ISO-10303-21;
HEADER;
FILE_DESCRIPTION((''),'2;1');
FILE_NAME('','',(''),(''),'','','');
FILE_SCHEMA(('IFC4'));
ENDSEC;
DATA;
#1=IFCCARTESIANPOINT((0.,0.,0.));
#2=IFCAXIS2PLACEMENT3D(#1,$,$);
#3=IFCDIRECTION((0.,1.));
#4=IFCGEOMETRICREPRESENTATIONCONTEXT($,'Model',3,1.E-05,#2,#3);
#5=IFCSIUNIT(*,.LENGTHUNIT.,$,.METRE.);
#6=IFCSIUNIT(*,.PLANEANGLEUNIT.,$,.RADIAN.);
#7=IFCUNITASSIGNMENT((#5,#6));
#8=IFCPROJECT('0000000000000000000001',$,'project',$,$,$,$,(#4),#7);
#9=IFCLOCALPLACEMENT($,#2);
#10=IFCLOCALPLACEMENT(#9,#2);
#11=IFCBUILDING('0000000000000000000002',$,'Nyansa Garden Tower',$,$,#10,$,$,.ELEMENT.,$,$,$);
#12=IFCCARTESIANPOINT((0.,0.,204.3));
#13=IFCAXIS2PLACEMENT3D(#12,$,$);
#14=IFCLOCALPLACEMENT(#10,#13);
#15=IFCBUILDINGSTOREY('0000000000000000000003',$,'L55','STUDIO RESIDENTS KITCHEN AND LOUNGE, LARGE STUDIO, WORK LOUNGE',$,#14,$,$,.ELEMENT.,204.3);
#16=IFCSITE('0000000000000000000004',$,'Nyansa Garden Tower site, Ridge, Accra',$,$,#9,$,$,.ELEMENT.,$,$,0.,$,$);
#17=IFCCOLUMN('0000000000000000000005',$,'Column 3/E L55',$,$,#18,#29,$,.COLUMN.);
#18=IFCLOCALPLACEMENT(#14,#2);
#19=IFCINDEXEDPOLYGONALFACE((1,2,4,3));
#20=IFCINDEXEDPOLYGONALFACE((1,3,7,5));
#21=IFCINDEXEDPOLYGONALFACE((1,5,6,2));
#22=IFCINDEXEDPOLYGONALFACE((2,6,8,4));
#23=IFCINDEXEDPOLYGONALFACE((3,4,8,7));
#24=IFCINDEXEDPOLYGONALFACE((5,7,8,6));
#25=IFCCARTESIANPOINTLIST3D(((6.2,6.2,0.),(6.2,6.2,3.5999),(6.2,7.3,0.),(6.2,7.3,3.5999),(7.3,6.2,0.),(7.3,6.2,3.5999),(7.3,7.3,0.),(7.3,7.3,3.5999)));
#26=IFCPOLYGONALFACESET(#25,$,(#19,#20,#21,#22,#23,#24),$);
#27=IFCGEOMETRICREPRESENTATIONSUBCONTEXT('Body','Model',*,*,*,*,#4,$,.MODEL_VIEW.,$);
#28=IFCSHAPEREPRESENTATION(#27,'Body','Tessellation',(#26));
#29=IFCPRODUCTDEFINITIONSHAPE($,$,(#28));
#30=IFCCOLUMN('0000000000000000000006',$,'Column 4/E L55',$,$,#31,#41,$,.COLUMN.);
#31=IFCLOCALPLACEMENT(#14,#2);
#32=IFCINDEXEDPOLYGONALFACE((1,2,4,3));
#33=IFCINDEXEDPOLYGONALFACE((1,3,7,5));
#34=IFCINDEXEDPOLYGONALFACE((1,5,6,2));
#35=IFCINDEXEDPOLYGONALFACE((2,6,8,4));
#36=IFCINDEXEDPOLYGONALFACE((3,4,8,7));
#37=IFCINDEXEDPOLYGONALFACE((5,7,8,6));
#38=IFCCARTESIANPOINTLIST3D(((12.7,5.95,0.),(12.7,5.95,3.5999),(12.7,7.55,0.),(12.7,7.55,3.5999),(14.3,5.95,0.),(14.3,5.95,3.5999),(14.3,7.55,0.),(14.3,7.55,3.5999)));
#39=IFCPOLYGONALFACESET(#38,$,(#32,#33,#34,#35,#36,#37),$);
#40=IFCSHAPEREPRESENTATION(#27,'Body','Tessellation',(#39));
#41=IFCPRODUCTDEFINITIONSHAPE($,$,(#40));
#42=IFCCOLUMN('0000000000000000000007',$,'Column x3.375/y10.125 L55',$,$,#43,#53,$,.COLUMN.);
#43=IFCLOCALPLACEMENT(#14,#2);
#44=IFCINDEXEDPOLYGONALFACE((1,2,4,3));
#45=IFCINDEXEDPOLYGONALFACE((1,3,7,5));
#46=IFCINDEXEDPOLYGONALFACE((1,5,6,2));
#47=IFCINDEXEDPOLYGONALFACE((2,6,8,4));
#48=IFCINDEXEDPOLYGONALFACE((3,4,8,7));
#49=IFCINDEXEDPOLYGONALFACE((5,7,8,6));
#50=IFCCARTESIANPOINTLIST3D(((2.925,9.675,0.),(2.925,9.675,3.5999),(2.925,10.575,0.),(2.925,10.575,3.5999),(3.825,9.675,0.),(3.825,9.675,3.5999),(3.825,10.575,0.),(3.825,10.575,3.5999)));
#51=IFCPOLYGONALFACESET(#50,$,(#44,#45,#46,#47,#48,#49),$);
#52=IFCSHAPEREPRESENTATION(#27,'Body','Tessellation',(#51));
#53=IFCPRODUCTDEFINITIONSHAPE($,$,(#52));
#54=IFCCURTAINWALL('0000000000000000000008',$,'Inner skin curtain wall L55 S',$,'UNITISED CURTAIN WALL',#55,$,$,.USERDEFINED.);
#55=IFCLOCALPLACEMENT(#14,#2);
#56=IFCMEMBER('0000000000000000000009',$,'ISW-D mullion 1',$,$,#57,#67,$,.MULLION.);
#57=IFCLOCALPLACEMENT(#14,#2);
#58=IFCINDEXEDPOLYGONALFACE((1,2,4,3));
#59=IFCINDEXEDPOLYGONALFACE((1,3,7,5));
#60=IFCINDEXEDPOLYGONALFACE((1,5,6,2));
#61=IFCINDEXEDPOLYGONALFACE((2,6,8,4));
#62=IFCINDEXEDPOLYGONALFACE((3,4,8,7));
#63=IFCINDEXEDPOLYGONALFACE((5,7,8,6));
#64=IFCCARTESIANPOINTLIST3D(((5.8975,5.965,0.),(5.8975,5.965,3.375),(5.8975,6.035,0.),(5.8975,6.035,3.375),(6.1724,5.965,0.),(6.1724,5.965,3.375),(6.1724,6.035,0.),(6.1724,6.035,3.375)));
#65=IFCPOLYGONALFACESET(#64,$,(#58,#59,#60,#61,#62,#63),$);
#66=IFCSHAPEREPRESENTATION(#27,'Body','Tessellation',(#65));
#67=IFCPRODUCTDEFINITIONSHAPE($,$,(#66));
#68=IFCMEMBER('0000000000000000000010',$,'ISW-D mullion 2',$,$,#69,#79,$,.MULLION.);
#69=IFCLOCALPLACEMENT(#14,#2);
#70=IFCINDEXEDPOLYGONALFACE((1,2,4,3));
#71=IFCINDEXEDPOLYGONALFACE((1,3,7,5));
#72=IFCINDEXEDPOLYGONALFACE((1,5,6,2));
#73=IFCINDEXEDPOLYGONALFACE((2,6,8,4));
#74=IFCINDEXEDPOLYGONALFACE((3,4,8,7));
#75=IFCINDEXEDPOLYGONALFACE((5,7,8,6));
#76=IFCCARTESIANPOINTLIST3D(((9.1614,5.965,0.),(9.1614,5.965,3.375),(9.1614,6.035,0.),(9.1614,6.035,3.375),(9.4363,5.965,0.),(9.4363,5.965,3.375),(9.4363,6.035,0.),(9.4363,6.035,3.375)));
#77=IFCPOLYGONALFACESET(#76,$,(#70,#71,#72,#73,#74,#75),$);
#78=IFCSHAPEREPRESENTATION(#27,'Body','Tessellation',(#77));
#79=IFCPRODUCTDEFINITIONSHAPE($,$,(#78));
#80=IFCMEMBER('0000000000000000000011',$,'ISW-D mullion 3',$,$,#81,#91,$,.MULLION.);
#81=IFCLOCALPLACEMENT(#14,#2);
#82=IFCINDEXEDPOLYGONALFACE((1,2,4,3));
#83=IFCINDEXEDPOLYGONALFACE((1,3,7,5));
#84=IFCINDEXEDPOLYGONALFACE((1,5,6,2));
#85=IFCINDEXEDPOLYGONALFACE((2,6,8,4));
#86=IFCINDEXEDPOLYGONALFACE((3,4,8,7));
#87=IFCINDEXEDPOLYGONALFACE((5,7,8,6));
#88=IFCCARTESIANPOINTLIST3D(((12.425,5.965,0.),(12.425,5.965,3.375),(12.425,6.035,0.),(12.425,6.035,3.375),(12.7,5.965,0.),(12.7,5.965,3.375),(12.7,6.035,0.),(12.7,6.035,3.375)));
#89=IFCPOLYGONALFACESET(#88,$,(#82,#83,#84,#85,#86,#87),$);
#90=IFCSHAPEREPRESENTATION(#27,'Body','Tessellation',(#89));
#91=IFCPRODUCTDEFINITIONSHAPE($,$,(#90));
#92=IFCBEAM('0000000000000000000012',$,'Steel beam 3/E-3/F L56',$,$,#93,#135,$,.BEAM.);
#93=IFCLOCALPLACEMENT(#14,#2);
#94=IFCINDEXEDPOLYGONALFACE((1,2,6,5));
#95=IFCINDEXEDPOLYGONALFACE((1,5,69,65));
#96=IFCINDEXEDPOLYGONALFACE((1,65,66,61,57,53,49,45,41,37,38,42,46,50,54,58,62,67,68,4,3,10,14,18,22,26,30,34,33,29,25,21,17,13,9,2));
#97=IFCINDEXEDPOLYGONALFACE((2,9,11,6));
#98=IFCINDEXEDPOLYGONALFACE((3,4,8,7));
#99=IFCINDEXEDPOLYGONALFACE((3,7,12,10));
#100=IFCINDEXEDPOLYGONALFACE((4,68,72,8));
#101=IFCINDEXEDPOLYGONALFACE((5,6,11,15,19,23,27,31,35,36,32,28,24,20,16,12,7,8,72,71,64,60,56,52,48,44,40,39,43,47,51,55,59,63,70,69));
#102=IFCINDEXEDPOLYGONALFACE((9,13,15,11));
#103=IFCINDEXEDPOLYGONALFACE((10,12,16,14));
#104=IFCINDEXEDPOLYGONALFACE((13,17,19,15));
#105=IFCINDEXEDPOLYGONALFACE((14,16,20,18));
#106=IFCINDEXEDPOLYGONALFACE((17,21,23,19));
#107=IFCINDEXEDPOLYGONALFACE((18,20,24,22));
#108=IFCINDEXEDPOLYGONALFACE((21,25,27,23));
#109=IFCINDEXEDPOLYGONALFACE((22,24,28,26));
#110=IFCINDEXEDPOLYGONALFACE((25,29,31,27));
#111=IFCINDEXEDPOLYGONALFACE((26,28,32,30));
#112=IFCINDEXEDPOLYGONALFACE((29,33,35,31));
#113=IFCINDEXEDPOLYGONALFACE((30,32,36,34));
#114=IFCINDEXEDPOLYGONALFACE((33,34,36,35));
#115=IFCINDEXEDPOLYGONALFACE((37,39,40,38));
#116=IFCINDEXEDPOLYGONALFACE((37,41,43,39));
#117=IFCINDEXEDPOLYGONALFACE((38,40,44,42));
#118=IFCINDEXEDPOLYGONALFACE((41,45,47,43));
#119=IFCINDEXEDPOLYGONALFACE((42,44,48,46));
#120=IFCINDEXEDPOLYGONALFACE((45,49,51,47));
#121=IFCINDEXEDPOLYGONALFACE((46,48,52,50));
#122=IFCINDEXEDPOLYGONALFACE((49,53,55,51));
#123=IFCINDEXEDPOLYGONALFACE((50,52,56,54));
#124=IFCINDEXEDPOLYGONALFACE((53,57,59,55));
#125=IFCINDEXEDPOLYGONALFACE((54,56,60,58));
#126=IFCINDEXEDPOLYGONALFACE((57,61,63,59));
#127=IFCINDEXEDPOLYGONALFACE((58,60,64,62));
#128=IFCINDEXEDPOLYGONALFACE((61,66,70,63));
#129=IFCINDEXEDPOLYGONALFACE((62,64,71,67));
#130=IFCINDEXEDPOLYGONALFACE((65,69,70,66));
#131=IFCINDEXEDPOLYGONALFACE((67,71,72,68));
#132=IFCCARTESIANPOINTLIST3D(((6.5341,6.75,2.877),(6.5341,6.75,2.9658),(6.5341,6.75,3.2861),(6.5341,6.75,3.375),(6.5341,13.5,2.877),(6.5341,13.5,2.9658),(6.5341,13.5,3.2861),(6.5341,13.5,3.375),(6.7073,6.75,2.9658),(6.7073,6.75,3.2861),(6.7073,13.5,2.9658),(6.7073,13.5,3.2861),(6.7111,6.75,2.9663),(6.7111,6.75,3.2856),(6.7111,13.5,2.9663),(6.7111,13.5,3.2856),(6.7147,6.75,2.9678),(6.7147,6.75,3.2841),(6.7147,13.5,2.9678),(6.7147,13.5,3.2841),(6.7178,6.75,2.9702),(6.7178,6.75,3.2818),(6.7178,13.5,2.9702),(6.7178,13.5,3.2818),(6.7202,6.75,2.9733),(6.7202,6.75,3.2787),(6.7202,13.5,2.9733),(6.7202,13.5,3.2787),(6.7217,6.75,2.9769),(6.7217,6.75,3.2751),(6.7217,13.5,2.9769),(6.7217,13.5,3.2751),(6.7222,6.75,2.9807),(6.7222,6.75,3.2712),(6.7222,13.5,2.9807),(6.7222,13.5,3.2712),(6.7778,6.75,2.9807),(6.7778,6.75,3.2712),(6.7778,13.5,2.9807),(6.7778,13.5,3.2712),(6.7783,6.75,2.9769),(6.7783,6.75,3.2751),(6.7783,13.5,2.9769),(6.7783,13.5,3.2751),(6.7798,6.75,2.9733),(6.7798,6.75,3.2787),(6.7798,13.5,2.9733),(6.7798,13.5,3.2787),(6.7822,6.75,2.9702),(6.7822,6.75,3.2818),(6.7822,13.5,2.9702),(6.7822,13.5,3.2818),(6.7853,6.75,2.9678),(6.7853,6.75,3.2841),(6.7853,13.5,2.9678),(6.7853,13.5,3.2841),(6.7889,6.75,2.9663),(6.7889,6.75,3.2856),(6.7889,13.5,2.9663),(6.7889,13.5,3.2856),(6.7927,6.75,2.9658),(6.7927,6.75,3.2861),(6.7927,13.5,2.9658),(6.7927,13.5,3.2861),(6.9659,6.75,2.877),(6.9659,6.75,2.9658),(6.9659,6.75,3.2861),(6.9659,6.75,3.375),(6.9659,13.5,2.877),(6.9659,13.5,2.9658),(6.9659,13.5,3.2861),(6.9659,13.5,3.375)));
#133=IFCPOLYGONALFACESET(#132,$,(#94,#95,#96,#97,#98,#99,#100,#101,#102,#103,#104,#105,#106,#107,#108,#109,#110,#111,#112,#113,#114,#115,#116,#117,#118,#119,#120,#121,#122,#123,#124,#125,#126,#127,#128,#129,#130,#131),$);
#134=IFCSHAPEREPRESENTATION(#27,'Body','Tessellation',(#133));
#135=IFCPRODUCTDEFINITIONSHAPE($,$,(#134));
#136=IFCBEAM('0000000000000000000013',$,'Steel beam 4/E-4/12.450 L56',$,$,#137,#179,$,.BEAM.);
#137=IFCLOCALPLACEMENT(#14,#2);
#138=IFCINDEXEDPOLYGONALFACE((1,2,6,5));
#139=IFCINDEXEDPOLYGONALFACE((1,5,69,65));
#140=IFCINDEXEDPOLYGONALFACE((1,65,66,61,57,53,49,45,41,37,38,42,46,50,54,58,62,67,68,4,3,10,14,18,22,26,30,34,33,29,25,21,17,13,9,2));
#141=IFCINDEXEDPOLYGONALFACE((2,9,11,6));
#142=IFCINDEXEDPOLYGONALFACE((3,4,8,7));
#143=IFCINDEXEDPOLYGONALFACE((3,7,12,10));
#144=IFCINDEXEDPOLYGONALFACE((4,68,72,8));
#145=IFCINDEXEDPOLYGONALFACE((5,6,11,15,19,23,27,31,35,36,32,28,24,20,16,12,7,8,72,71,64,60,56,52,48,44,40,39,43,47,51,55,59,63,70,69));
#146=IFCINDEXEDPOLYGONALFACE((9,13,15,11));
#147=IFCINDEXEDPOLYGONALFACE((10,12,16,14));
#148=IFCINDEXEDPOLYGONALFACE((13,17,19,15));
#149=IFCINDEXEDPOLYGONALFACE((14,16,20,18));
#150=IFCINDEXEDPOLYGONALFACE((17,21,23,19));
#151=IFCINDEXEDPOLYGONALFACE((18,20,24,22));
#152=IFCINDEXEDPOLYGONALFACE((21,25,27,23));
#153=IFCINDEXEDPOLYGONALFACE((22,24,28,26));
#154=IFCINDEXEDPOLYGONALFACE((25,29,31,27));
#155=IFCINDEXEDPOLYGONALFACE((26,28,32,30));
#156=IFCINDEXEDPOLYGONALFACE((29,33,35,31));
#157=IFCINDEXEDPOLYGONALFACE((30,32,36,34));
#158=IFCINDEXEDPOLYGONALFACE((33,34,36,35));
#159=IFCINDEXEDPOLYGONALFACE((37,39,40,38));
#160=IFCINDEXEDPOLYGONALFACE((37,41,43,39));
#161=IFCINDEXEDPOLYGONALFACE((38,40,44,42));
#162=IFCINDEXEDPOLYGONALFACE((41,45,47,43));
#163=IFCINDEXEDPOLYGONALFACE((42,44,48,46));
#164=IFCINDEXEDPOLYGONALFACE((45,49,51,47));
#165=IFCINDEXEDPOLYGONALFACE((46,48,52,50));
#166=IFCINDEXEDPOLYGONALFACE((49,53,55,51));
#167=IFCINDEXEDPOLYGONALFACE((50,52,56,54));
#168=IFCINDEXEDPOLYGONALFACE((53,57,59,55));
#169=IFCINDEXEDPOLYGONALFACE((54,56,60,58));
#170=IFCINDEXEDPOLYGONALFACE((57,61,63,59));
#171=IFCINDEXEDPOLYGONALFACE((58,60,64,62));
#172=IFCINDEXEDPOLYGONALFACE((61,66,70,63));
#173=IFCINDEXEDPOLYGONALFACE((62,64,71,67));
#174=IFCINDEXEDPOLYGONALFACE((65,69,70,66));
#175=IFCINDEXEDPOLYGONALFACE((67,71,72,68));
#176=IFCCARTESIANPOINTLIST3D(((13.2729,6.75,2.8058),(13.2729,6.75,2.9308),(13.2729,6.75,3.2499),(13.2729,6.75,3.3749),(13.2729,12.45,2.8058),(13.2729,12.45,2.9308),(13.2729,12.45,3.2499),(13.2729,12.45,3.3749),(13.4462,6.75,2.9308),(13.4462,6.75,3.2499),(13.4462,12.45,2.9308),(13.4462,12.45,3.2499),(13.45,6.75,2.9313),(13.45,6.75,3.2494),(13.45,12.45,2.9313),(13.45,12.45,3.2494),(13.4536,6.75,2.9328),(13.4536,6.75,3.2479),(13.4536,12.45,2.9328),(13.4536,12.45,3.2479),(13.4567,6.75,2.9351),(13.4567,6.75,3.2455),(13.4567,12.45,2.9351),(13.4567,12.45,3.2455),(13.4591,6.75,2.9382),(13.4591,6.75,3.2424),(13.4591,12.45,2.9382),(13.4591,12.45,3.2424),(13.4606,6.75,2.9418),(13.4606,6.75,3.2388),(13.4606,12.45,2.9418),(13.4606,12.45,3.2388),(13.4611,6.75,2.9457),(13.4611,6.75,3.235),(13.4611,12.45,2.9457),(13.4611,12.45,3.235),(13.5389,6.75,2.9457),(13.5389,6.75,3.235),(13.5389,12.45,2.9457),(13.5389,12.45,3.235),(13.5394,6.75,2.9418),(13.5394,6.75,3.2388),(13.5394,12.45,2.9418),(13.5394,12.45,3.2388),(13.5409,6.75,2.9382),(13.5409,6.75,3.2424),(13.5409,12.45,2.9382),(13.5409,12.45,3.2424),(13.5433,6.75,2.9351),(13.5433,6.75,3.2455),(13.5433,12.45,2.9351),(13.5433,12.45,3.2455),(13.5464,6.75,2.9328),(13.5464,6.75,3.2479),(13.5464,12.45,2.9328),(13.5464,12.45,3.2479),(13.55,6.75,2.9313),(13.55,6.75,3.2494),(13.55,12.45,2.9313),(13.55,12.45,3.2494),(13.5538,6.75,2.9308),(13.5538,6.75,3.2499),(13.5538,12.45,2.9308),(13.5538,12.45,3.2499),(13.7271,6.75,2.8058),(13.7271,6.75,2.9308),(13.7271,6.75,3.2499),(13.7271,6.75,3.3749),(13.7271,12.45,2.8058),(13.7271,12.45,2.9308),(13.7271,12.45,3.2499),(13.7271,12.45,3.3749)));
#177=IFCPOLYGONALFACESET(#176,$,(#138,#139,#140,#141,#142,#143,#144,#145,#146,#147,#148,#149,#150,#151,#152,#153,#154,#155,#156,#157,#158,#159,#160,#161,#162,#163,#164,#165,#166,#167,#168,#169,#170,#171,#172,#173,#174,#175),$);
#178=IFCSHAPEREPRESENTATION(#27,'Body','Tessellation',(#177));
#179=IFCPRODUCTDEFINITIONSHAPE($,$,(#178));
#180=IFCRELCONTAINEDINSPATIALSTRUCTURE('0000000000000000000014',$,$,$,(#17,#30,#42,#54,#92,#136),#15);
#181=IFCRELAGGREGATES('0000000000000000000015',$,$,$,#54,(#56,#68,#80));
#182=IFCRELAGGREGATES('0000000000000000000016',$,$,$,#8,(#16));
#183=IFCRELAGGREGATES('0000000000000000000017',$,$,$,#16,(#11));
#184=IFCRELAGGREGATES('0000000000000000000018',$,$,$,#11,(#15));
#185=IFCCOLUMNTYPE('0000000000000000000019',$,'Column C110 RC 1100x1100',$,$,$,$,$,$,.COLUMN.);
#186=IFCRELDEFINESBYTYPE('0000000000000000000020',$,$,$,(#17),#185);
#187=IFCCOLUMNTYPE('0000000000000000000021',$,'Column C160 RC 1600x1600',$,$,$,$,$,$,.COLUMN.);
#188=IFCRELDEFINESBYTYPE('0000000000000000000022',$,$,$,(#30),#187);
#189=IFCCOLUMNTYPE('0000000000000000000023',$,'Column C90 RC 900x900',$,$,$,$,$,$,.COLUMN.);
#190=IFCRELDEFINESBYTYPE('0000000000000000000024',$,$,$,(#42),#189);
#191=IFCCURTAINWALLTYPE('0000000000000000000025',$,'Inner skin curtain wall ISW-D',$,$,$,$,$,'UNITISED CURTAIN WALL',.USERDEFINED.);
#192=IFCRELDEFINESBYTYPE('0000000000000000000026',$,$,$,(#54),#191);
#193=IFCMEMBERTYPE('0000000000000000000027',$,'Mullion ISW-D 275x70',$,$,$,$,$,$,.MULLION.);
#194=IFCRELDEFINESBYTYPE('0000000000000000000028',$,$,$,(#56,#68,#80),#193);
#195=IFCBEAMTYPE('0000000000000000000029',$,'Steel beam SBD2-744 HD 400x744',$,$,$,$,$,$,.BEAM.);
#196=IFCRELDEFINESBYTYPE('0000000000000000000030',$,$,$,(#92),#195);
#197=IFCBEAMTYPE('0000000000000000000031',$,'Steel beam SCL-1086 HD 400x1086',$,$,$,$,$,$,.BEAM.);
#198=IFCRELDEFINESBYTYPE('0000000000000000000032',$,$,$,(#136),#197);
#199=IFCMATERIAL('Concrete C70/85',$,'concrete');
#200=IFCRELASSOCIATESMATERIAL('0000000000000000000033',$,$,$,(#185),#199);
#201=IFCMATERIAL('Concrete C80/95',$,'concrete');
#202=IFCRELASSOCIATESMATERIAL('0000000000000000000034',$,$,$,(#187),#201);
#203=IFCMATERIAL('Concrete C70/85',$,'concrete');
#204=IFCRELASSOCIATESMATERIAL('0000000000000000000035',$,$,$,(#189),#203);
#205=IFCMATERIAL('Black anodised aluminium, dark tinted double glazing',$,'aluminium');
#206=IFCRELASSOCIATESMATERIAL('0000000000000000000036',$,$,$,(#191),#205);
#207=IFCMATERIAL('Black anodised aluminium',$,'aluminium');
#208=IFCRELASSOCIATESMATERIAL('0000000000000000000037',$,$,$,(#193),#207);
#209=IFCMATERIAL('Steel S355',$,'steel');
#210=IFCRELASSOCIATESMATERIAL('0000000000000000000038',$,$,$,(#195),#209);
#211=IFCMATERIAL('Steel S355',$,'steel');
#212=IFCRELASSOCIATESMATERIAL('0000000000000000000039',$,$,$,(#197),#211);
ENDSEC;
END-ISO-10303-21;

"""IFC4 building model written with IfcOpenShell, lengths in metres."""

from ifc_helpers import new_model, si_unit, direction, frame, origin, origin_2d, place, context, subcontext, project, spatial, rectangle, i_section, extrude, material, material_profile, profile_set, type_object, element, aggregate, save


model = new_model("IFC4")

# Units and contexts
model_context = context("Model", 3, precision=1e-05, world=origin(), true_north=direction((0.0, 1.0)))
body_context = subcontext(model_context, "Body", "Model", "MODEL_VIEW")
ifc_project = project(units=[si_unit("LENGTHUNIT", "METRE"), si_unit("PLANEANGLEUNIT", "RADIAN")], contexts=[model_context])

# Site, building, storey
site_placement = place(None, origin())
site = spatial("IfcSite", under=ifc_project, at=site_placement, Name="Nyansa Garden Tower site, Ridge, Accra", CompositionType="ELEMENT", RefElevation=0.0)
building_placement = place(site_placement, origin())
building = spatial("IfcBuilding", under=site, at=building_placement, Name="Nyansa Garden Tower", CompositionType="ELEMENT")
storey_placement = place(building_placement, frame((0.0, 0.0, 204.3)))
storey = spatial("IfcBuildingStorey", under=building, at=storey_placement, Name="L55", Description="STUDIO RESIDENTS KITCHEN AND LOUNGE, LARGE STUDIO, WORK LOUNGE", CompositionType="ELEMENT", Elevation=204.3)

# Columns
ifc_material_1 = material(Name="Concrete C70/85", Category="concrete")
ifc_material_profile_1 = material_profile(ifc_material_1, rectangle(XDim=1.1001, YDim=1.1001, at=origin_2d()), Name="RC 1100x1100")
ifc_profile_set_1 = profile_set([ifc_material_profile_1], Name="Concrete C70/85")
column_type_1 = type_object("IfcColumnType", Name="Column C110 RC 1100x1100", PredefinedType="COLUMN", material=ifc_profile_set_1)
column_1_placement = place(storey_placement, frame((6.75, 6.75, 0.0), z_axis=(0.0, 0.0, 1.0), x_axis=(1.0, 0.0, 0.0)))
element("IfcColumn", 1, at=column_1_placement, inside=storey, type_object=column_type_1, Name="Column 3/E L55", PredefinedType="COLUMN", context=body_context, shape_type="SweptSolid", body=[
    extrude(rectangle(XDim=1.1001, YDim=1.1001, at=origin_2d()), origin(), (0.0, 0.0, 1.0), 3.5999),
])
ifc_material_2 = material(Name="Concrete C80/95", Category="concrete")
ifc_material_profile_2 = material_profile(ifc_material_2, rectangle(XDim=1.6001, YDim=1.6001, at=origin_2d()), Name="RC 1600x1600")
ifc_profile_set_2 = profile_set([ifc_material_profile_2], Name="Concrete C80/95")
column_type_2 = type_object("IfcColumnType", Name="Column C160 RC 1600x1600", PredefinedType="COLUMN", material=ifc_profile_set_2)
column_2_placement = place(storey_placement, frame((13.5, 6.75, 0.0), z_axis=(0.0, 0.0, 1.0), x_axis=(1.0, 0.0, 0.0)))
element("IfcColumn", 2, at=column_2_placement, inside=storey, type_object=column_type_2, Name="Column 4/E L55", PredefinedType="COLUMN", context=body_context, shape_type="SweptSolid", body=[
    extrude(rectangle(XDim=1.6001, YDim=1.6001, at=origin_2d()), origin(), (0.0, 0.0, 1.0), 3.5999),
])
ifc_material_3 = material(Name="Concrete C70/85", Category="concrete")
ifc_material_profile_3 = material_profile(ifc_material_3, rectangle(XDim=0.8999, YDim=0.8999, at=origin_2d()), Name="RC 900x900")
ifc_profile_set_3 = profile_set([ifc_material_profile_3], Name="Concrete C70/85")
column_type_3 = type_object("IfcColumnType", Name="Column C90 RC 900x900", PredefinedType="COLUMN", material=ifc_profile_set_3)
column_3_placement = place(storey_placement, frame((3.375, 10.125, 0.0), z_axis=(0.0, 0.0, 1.0), x_axis=(1.0, 0.0, 0.0)))
element("IfcColumn", 3, at=column_3_placement, inside=storey, type_object=column_type_3, Name="Column x3.375/y10.125 L55", PredefinedType="COLUMN", context=body_context, shape_type="SweptSolid", body=[
    extrude(rectangle(XDim=0.8999, YDim=0.8999, at=origin_2d()), origin(), (0.0, 0.0, 1.0), 3.5999),
])

# Curtain wall, members
ifc_material_4 = material(Name="Black anodised aluminium, dark tinted double glazing", Category="aluminium")
curtain_wall_type = type_object("IfcCurtainWallType", Name="Inner skin curtain wall ISW-D", ElementType="UNITISED CURTAIN WALL", PredefinedType="USERDEFINED", material=ifc_material_4)
curtain_wall_placement = place(storey_placement, origin())
curtain_wall = element("IfcCurtainWall", 4, at=curtain_wall_placement, inside=storey, type_object=curtain_wall_type, Name="Inner skin curtain wall L55 S", ObjectType="UNITISED CURTAIN WALL", PredefinedType="USERDEFINED")
ifc_material_5 = material(Name="Black anodised aluminium", Category="aluminium")
ifc_material_profile_4 = material_profile(ifc_material_5, rectangle(XDim=0.0701, YDim=0.2749, at=origin_2d()), Name="Mullion 275x70")
ifc_profile_set_4 = profile_set([ifc_material_profile_4], Name="Black anodised aluminium")
member_type_1 = type_object("IfcMemberType", Name="Mullion ISW-D 275x70", PredefinedType="MULLION", material=ifc_profile_set_4)
member_1_placement = place(storey_placement, frame((6.0349, 6.0, 0.0), z_axis=(0.0, 0.0, 1.0), x_axis=(0.0, 1.0, 0.0)))
member_1 = element("IfcMember", 5, at=member_1_placement, type_object=member_type_1, Name="ISW-D mullion 1", PredefinedType="MULLION", context=body_context, shape_type="SweptSolid", body=[
    extrude(rectangle(XDim=0.0701, YDim=0.2749, at=origin_2d()), origin(), (0.0, 0.0, 1.0), 3.375),
])
member_2_placement = place(storey_placement, frame((9.2988, 6.0, 0.0), z_axis=(0.0, 0.0, 1.0), x_axis=(0.0, 1.0, 0.0)))
member_2 = element("IfcMember", 6, at=member_2_placement, type_object=member_type_1, Name="ISW-D mullion 2", PredefinedType="MULLION", context=body_context, shape_type="SweptSolid", body=[
    extrude(rectangle(XDim=0.0701, YDim=0.2749, at=origin_2d()), origin(), (0.0, 0.0, 1.0), 3.375),
])
member_3_placement = place(storey_placement, frame((12.5625, 6.0, 0.0), z_axis=(0.0, 0.0, 1.0), x_axis=(0.0, 1.0, 0.0)))
member_3 = element("IfcMember", 7, at=member_3_placement, type_object=member_type_1, Name="ISW-D mullion 3", PredefinedType="MULLION", context=body_context, shape_type="SweptSolid", body=[
    extrude(rectangle(XDim=0.0701, YDim=0.2749, at=origin_2d()), origin(), (0.0, 0.0, 1.0), 3.375),
])

# Beams
ifc_material_6 = material(Name="Steel S355", Category="steel")
ifc_material_profile_5 = material_profile(ifc_material_6, i_section(OverallWidth=0.4319, OverallDepth=0.498, WebThickness=0.0557, FlangeThickness=0.0889, FilletRadius=0.0149, at=origin_2d()), Name="HD 400x744")
ifc_profile_set_5 = profile_set([ifc_material_profile_5], Name="Steel S355")
beam_type_1 = type_object("IfcBeamType", Name="Steel beam SBD2-744 HD 400x744", PredefinedType="BEAM", material=ifc_profile_set_5)
beam_1_placement = place(storey_placement, frame((6.75, 6.75, 3.126), z_axis=(0.0, 1.0, 0.0), x_axis=(-1.0, 0.0, 0.0)))
element("IfcBeam", 8, at=beam_1_placement, inside=storey, type_object=beam_type_1, Name="Steel beam 3/E-3/F L56", PredefinedType="BEAM", context=body_context, shape_type="SweptSolid", body=[
    extrude(i_section(OverallWidth=0.4319, OverallDepth=0.498, WebThickness=0.0557, FlangeThickness=0.0889, FilletRadius=0.0149, at=origin_2d()), origin(), (0.0, 0.0, 1.0), 6.75),
])
ifc_material_7 = material(Name="Steel S355", Category="steel")
ifc_material_profile_6 = material_profile(ifc_material_7, i_section(OverallWidth=0.4541, OverallDepth=0.5691, WebThickness=0.0779, FlangeThickness=0.125, FilletRadius=0.0149, at=origin_2d()), Name="HD 400x1086")
ifc_profile_set_6 = profile_set([ifc_material_profile_6], Name="Steel S355")
beam_type_2 = type_object("IfcBeamType", Name="Steel beam SCL-1086 HD 400x1086", PredefinedType="BEAM", material=ifc_profile_set_6)
beam_2_placement = place(storey_placement, frame((13.5, 6.75, 3.0903), z_axis=(0.0, 1.0, 0.0), x_axis=(-1.0, 0.0, 0.0)))
element("IfcBeam", 9, at=beam_2_placement, inside=storey, type_object=beam_type_2, Name="Steel beam 4/E-4/12.450 L56", PredefinedType="BEAM", context=body_context, shape_type="SweptSolid", body=[
    extrude(i_section(OverallWidth=0.4541, OverallDepth=0.5691, WebThickness=0.0779, FlangeThickness=0.125, FilletRadius=0.0149, at=origin_2d()), origin(), (0.0, 0.0, 1.0), 5.7),
])

aggregate(curtain_wall, [member_1, member_2, member_3])

save(model, "model.ifc")
